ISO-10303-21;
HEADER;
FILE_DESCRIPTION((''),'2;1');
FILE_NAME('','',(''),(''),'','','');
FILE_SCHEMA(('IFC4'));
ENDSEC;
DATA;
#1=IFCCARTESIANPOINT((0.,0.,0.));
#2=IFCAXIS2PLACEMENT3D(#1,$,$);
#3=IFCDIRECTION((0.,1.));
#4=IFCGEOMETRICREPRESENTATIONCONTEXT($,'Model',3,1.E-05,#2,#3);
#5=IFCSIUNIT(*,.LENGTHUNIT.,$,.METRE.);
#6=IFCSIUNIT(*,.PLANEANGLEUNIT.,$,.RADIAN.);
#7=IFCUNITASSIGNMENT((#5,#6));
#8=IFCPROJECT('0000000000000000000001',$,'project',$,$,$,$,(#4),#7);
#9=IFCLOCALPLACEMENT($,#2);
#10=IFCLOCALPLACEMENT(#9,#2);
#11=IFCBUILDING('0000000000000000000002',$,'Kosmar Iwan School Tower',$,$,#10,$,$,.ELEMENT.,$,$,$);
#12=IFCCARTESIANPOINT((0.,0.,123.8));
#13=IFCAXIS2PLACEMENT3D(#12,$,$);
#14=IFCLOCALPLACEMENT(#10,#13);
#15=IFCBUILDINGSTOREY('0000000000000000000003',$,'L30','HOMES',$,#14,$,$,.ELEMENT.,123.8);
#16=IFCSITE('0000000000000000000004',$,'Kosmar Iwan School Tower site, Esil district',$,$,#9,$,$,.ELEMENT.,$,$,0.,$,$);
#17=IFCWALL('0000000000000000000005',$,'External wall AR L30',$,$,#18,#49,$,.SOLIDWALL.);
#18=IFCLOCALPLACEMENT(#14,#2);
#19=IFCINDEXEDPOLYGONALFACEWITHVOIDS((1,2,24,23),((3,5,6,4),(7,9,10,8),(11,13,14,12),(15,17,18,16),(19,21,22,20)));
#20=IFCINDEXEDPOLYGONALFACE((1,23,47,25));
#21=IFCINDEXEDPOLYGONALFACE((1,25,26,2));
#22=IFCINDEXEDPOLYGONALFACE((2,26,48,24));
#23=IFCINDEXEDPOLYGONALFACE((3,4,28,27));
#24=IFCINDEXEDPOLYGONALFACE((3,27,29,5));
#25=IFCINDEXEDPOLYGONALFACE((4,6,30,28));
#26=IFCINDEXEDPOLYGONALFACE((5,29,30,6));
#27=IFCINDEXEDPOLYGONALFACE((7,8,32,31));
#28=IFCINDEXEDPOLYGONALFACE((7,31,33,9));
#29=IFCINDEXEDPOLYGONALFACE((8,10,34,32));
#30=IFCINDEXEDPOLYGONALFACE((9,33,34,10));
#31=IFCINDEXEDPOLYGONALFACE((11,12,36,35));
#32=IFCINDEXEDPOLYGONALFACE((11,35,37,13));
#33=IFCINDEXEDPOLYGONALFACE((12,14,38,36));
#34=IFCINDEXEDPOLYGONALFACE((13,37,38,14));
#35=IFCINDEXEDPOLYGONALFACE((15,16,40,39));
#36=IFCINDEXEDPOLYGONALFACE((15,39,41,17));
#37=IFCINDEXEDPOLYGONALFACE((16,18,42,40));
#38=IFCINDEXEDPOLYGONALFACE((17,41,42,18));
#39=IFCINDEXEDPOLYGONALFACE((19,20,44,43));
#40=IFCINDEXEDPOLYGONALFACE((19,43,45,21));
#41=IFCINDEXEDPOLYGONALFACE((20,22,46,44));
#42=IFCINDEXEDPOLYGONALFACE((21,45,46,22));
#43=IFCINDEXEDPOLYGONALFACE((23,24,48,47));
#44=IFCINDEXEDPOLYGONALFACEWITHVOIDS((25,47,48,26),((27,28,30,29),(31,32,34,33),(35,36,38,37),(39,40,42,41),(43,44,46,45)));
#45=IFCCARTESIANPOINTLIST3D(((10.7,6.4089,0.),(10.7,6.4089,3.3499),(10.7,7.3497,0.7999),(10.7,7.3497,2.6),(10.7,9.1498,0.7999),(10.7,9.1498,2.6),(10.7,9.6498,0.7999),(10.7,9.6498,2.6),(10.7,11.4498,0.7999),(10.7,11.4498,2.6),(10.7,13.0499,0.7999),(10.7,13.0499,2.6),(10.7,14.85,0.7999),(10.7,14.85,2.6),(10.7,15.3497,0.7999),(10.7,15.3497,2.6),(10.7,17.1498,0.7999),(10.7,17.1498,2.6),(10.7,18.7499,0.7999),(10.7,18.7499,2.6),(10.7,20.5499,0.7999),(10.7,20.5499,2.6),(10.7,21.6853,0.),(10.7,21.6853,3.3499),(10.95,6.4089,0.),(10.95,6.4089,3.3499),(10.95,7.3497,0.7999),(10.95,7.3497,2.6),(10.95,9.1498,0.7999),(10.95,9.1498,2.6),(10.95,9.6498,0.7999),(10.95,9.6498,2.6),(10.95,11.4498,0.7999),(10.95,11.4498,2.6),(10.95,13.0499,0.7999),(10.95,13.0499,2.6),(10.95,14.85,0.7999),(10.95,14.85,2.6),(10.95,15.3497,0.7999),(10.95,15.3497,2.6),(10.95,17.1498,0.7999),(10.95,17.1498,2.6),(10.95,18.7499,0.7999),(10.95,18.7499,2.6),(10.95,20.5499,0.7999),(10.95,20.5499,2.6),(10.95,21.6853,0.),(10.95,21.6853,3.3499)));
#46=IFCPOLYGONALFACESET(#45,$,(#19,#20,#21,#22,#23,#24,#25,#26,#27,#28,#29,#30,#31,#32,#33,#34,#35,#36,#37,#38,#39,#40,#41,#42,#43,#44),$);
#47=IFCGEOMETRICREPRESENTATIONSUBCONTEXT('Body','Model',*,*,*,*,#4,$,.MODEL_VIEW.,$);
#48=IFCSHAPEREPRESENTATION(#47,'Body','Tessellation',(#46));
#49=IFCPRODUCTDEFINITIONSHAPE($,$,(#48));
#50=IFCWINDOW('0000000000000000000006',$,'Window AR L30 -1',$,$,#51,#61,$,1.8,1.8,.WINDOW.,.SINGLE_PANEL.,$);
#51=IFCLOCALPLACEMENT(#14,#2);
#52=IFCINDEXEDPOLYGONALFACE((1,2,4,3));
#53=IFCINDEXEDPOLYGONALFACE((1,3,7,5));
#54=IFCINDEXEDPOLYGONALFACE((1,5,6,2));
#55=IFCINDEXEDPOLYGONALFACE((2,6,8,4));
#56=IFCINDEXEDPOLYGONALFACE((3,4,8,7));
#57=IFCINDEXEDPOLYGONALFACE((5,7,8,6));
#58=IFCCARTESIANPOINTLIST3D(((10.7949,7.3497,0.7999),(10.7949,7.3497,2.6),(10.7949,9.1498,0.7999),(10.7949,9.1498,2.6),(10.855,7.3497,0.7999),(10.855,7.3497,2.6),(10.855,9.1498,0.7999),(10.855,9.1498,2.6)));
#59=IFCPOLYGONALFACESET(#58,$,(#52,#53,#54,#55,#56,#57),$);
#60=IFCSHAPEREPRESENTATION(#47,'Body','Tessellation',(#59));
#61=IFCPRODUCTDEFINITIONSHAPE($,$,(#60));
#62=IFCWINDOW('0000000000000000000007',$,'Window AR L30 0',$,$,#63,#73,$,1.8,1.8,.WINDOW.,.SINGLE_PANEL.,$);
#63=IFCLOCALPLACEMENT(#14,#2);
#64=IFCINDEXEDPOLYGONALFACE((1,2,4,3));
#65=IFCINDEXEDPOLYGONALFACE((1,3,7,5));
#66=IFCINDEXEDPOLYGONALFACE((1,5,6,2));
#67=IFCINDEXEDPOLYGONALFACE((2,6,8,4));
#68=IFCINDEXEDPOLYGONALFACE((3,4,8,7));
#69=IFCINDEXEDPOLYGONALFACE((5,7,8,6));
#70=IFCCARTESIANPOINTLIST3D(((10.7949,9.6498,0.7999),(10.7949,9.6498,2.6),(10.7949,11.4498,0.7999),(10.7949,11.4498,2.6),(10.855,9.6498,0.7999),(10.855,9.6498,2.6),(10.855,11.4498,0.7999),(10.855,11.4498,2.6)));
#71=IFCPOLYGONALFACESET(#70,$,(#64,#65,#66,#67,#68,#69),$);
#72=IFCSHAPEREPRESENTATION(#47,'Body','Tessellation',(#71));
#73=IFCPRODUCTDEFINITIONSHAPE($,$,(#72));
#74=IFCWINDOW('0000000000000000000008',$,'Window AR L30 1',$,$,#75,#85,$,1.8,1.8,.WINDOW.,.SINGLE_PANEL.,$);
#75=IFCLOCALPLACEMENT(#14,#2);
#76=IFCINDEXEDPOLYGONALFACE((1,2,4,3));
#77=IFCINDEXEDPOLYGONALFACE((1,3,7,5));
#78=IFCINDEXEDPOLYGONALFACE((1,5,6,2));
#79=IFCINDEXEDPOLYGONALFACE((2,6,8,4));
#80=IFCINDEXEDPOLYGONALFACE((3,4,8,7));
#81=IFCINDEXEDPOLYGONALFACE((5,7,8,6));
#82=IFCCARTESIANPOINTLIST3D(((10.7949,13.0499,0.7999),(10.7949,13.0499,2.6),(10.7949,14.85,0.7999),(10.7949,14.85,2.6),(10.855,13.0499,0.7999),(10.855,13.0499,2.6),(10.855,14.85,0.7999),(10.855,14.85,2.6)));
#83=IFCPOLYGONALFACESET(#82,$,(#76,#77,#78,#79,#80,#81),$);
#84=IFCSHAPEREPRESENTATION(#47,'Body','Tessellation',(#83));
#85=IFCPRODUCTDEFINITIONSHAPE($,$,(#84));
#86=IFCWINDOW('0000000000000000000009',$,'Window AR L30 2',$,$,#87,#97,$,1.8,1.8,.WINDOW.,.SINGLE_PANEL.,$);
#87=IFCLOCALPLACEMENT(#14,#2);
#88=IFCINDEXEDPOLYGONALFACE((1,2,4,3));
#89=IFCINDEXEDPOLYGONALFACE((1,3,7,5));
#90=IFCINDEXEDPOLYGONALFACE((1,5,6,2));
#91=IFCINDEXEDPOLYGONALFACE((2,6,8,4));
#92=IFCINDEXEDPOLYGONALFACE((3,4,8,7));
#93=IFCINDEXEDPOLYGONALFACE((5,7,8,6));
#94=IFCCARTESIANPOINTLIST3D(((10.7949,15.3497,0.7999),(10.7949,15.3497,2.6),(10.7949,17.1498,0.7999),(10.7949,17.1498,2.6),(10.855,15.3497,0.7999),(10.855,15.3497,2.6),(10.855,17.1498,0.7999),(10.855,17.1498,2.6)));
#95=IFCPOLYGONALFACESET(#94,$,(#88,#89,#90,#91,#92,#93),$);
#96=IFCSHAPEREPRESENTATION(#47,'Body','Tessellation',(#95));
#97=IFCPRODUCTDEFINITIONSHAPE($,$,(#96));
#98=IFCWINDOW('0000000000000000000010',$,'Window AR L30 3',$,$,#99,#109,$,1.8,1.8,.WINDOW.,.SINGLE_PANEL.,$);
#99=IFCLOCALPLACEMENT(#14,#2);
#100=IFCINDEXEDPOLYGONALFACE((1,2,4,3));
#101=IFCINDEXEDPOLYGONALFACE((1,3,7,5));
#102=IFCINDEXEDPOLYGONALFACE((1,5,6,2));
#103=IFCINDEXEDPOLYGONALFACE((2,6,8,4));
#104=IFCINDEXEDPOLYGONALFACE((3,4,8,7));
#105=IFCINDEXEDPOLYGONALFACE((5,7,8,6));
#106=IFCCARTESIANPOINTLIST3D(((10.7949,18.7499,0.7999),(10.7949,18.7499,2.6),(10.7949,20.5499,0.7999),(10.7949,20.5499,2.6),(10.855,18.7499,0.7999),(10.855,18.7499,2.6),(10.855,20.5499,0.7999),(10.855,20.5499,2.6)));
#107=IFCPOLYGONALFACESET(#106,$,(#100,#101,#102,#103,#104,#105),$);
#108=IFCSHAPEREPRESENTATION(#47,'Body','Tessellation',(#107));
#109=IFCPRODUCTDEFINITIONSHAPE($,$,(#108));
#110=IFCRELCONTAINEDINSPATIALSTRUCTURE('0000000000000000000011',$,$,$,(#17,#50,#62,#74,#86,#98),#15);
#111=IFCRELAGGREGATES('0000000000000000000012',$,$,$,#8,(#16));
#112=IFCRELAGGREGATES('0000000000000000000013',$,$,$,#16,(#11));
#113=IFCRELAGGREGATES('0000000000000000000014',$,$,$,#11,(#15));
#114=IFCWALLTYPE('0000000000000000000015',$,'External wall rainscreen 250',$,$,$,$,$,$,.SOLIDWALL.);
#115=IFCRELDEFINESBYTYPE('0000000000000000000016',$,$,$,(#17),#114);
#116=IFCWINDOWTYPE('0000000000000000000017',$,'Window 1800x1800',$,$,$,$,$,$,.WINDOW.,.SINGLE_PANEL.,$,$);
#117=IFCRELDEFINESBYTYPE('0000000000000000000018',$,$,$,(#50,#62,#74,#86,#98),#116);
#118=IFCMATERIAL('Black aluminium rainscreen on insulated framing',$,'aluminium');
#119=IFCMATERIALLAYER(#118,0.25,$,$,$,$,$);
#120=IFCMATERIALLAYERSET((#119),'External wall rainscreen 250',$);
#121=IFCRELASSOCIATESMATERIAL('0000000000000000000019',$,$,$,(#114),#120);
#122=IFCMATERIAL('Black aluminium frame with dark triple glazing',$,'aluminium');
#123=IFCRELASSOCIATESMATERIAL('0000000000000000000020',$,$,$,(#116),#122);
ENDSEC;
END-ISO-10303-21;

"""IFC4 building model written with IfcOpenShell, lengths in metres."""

from ifc_helpers import new_model, si_unit, direction, frame, frame_2d, origin, place, context, subcontext, project, spatial, rectangle, extrude, material, layer, layer_set, type_object, element, fill, save


model = new_model("IFC4")

# Units and contexts
model_context = context("Model", 3, precision=1e-05, world=origin(), true_north=direction((0.0, 1.0)))
body_context = subcontext(model_context, "Body", "Model", "MODEL_VIEW")
ifc_project = project(units=[si_unit("LENGTHUNIT", "METRE"), si_unit("PLANEANGLEUNIT", "RADIAN")], contexts=[model_context])

# Site, building, storey
site_placement = place(None, origin())
site = spatial("IfcSite", under=ifc_project, at=site_placement, Name="Kosmar Iwan School Tower site, Esil district", CompositionType="ELEMENT", RefElevation=0.0)
building_placement = place(site_placement, origin())
building = spatial("IfcBuilding", under=site, at=building_placement, Name="Kosmar Iwan School Tower", CompositionType="ELEMENT")
storey_placement = place(building_placement, frame((0.0, 0.0, 123.8)))
storey = spatial("IfcBuildingStorey", under=building, at=storey_placement, Name="L30", Description="HOMES", CompositionType="ELEMENT", Elevation=123.8)

# Wall, openings, windows
ifc_material_1 = material(Name="Black aluminium rainscreen on insulated framing", Category="aluminium")
ifc_layer = layer(ifc_material_1, 0.25)
ifc_layer_set = layer_set([ifc_layer], Name="External wall rainscreen 250")
wall_type = type_object("IfcWallType", Name="External wall rainscreen 250", PredefinedType="SOLIDWALL", material=ifc_layer_set)
ifc_material_2 = material(Name="Black aluminium frame with dark triple glazing", Category="aluminium")
window_type = type_object("IfcWindowType", Name="Window 1800x1800", PartitioningType="SINGLE_PANEL", PredefinedType="WINDOW", material=ifc_material_2)
wall_1_placement = place(storey_placement, frame((10.825, 6.4089, 0.0), z_axis=(0.0, 0.0, 1.0), x_axis=(0.0, 1.0, 0.0)))
wall_1 = element("IfcWall", 1, at=wall_1_placement, inside=storey, type_object=wall_type, Name="External wall AR L30", PredefinedType="SOLIDWALL", context=body_context, shape_type="SweptSolid", body=[
    extrude(rectangle(XDim=15.2764, YDim=0.25, at=frame_2d((7.6382, 0.0))), origin(), (0.0, 0.0, 1.0), 3.3499),
])
opening_1_placement = place(wall_1_placement, frame((0.9409, 0.0, 0.8)))
opening_1 = element("IfcOpeningElement", 2, at=opening_1_placement, cuts=wall_1, PredefinedType="OPENING", context=body_context, shape_type="SweptSolid", body=[
    extrude(rectangle(XDim=1.8, YDim=1.8, at=frame_2d((0.8999, 0.8999))), frame((0.0, 0.137, 0.0), z_axis=(0.0, -1.0, 0.0), x_axis=(1.0, 0.0, 0.0)), (0.0, 0.0, 1.0), 0.2739),
])
opening_2_placement = place(wall_1_placement, frame((3.241, 0.0, 0.8)))
opening_2 = element("IfcOpeningElement", 3, at=opening_2_placement, cuts=wall_1, PredefinedType="OPENING", context=body_context, shape_type="SweptSolid", body=[
    extrude(rectangle(XDim=1.8, YDim=1.8, at=frame_2d((0.8999, 0.8999))), frame((0.0, 0.137, 0.0), z_axis=(0.0, -1.0, 0.0), x_axis=(1.0, 0.0, 0.0)), (0.0, 0.0, 1.0), 0.2739),
])
opening_3_placement = place(wall_1_placement, frame((6.6411, 0.0, 0.8)))
opening_3 = element("IfcOpeningElement", 4, at=opening_3_placement, cuts=wall_1, PredefinedType="OPENING", context=body_context, shape_type="SweptSolid", body=[
    extrude(rectangle(XDim=1.8, YDim=1.8, at=frame_2d((0.8999, 0.8999))), frame((0.0, 0.137, 0.0), z_axis=(0.0, -1.0, 0.0), x_axis=(1.0, 0.0, 0.0)), (0.0, 0.0, 1.0), 0.2739),
])
opening_4_placement = place(wall_1_placement, frame((8.9409, 0.0, 0.8)))
opening_4 = element("IfcOpeningElement", 5, at=opening_4_placement, cuts=wall_1, PredefinedType="OPENING", context=body_context, shape_type="SweptSolid", body=[
    extrude(rectangle(XDim=1.8, YDim=1.8, at=frame_2d((0.8999, 0.8999))), frame((0.0, 0.137, 0.0), z_axis=(0.0, -1.0, 0.0), x_axis=(1.0, 0.0, 0.0)), (0.0, 0.0, 1.0), 0.2739),
])
opening_5_placement = place(wall_1_placement, frame((12.3411, 0.0, 0.8)))
opening_5 = element("IfcOpeningElement", 6, at=opening_5_placement, cuts=wall_1, PredefinedType="OPENING", context=body_context, shape_type="SweptSolid", body=[
    extrude(rectangle(XDim=1.8, YDim=1.8, at=frame_2d((0.8999, 0.8999))), frame((0.0, 0.137, 0.0), z_axis=(0.0, -1.0, 0.0), x_axis=(1.0, 0.0, 0.0)), (0.0, 0.0, 1.0), 0.2739),
])
window_1_placement = place(opening_1_placement, origin())
window_1 = element("IfcWindow", 7, at=window_1_placement, inside=storey, type_object=window_type, Name="Window AR L30 -1", OverallHeight=1.8, OverallWidth=1.8, PartitioningType="SINGLE_PANEL", PredefinedType="WINDOW", context=body_context, shape_type="SweptSolid", body=[
    extrude(rectangle(XDim=1.8, YDim=1.8, at=frame_2d((0.8999, 0.8999))), frame((0.0, 0.03, 0.0), z_axis=(0.0, -1.0, 0.0), x_axis=(1.0, 0.0, 0.0)), (0.0, 0.0, 1.0), 0.0601),
])
fill(opening_1, window_1)
window_2_placement = place(opening_2_placement, origin())
window_2 = element("IfcWindow", 8, at=window_2_placement, inside=storey, type_object=window_type, Name="Window AR L30 0", OverallHeight=1.8, OverallWidth=1.8, PartitioningType="SINGLE_PANEL", PredefinedType="WINDOW", context=body_context, shape_type="SweptSolid", body=[
    extrude(rectangle(XDim=1.8, YDim=1.8, at=frame_2d((0.8999, 0.8999))), frame((0.0, 0.03, 0.0), z_axis=(0.0, -1.0, 0.0), x_axis=(1.0, 0.0, 0.0)), (0.0, 0.0, 1.0), 0.0601),
])
fill(opening_2, window_2)
window_3_placement = place(opening_3_placement, origin())
window_3 = element("IfcWindow", 9, at=window_3_placement, inside=storey, type_object=window_type, Name="Window AR L30 1", OverallHeight=1.8, OverallWidth=1.8, PartitioningType="SINGLE_PANEL", PredefinedType="WINDOW", context=body_context, shape_type="SweptSolid", body=[
    extrude(rectangle(XDim=1.8, YDim=1.8, at=frame_2d((0.8999, 0.8999))), frame((0.0, 0.03, 0.0), z_axis=(0.0, -1.0, 0.0), x_axis=(1.0, 0.0, 0.0)), (0.0, 0.0, 1.0), 0.0601),
])
fill(opening_3, window_3)
window_4_placement = place(opening_4_placement, origin())
window_4 = element("IfcWindow", 10, at=window_4_placement, inside=storey, type_object=window_type, Name="Window AR L30 2", OverallHeight=1.8, OverallWidth=1.8, PartitioningType="SINGLE_PANEL", PredefinedType="WINDOW", context=body_context, shape_type="SweptSolid", body=[
    extrude(rectangle(XDim=1.8, YDim=1.8, at=frame_2d((0.8999, 0.8999))), frame((0.0, 0.03, 0.0), z_axis=(0.0, -1.0, 0.0), x_axis=(1.0, 0.0, 0.0)), (0.0, 0.0, 1.0), 0.0601),
])
fill(opening_4, window_4)
window_5_placement = place(opening_5_placement, origin())
window_5 = element("IfcWindow", 11, at=window_5_placement, inside=storey, type_object=window_type, Name="Window AR L30 3", OverallHeight=1.8, OverallWidth=1.8, PartitioningType="SINGLE_PANEL", PredefinedType="WINDOW", context=body_context, shape_type="SweptSolid", body=[
    extrude(rectangle(XDim=1.8, YDim=1.8, at=frame_2d((0.8999, 0.8999))), frame((0.0, 0.03, 0.0), z_axis=(0.0, -1.0, 0.0), x_axis=(1.0, 0.0, 0.0)), (0.0, 0.0, 1.0), 0.0601),
])
fill(opening_5, window_5)

save(model, "model.ifc")
